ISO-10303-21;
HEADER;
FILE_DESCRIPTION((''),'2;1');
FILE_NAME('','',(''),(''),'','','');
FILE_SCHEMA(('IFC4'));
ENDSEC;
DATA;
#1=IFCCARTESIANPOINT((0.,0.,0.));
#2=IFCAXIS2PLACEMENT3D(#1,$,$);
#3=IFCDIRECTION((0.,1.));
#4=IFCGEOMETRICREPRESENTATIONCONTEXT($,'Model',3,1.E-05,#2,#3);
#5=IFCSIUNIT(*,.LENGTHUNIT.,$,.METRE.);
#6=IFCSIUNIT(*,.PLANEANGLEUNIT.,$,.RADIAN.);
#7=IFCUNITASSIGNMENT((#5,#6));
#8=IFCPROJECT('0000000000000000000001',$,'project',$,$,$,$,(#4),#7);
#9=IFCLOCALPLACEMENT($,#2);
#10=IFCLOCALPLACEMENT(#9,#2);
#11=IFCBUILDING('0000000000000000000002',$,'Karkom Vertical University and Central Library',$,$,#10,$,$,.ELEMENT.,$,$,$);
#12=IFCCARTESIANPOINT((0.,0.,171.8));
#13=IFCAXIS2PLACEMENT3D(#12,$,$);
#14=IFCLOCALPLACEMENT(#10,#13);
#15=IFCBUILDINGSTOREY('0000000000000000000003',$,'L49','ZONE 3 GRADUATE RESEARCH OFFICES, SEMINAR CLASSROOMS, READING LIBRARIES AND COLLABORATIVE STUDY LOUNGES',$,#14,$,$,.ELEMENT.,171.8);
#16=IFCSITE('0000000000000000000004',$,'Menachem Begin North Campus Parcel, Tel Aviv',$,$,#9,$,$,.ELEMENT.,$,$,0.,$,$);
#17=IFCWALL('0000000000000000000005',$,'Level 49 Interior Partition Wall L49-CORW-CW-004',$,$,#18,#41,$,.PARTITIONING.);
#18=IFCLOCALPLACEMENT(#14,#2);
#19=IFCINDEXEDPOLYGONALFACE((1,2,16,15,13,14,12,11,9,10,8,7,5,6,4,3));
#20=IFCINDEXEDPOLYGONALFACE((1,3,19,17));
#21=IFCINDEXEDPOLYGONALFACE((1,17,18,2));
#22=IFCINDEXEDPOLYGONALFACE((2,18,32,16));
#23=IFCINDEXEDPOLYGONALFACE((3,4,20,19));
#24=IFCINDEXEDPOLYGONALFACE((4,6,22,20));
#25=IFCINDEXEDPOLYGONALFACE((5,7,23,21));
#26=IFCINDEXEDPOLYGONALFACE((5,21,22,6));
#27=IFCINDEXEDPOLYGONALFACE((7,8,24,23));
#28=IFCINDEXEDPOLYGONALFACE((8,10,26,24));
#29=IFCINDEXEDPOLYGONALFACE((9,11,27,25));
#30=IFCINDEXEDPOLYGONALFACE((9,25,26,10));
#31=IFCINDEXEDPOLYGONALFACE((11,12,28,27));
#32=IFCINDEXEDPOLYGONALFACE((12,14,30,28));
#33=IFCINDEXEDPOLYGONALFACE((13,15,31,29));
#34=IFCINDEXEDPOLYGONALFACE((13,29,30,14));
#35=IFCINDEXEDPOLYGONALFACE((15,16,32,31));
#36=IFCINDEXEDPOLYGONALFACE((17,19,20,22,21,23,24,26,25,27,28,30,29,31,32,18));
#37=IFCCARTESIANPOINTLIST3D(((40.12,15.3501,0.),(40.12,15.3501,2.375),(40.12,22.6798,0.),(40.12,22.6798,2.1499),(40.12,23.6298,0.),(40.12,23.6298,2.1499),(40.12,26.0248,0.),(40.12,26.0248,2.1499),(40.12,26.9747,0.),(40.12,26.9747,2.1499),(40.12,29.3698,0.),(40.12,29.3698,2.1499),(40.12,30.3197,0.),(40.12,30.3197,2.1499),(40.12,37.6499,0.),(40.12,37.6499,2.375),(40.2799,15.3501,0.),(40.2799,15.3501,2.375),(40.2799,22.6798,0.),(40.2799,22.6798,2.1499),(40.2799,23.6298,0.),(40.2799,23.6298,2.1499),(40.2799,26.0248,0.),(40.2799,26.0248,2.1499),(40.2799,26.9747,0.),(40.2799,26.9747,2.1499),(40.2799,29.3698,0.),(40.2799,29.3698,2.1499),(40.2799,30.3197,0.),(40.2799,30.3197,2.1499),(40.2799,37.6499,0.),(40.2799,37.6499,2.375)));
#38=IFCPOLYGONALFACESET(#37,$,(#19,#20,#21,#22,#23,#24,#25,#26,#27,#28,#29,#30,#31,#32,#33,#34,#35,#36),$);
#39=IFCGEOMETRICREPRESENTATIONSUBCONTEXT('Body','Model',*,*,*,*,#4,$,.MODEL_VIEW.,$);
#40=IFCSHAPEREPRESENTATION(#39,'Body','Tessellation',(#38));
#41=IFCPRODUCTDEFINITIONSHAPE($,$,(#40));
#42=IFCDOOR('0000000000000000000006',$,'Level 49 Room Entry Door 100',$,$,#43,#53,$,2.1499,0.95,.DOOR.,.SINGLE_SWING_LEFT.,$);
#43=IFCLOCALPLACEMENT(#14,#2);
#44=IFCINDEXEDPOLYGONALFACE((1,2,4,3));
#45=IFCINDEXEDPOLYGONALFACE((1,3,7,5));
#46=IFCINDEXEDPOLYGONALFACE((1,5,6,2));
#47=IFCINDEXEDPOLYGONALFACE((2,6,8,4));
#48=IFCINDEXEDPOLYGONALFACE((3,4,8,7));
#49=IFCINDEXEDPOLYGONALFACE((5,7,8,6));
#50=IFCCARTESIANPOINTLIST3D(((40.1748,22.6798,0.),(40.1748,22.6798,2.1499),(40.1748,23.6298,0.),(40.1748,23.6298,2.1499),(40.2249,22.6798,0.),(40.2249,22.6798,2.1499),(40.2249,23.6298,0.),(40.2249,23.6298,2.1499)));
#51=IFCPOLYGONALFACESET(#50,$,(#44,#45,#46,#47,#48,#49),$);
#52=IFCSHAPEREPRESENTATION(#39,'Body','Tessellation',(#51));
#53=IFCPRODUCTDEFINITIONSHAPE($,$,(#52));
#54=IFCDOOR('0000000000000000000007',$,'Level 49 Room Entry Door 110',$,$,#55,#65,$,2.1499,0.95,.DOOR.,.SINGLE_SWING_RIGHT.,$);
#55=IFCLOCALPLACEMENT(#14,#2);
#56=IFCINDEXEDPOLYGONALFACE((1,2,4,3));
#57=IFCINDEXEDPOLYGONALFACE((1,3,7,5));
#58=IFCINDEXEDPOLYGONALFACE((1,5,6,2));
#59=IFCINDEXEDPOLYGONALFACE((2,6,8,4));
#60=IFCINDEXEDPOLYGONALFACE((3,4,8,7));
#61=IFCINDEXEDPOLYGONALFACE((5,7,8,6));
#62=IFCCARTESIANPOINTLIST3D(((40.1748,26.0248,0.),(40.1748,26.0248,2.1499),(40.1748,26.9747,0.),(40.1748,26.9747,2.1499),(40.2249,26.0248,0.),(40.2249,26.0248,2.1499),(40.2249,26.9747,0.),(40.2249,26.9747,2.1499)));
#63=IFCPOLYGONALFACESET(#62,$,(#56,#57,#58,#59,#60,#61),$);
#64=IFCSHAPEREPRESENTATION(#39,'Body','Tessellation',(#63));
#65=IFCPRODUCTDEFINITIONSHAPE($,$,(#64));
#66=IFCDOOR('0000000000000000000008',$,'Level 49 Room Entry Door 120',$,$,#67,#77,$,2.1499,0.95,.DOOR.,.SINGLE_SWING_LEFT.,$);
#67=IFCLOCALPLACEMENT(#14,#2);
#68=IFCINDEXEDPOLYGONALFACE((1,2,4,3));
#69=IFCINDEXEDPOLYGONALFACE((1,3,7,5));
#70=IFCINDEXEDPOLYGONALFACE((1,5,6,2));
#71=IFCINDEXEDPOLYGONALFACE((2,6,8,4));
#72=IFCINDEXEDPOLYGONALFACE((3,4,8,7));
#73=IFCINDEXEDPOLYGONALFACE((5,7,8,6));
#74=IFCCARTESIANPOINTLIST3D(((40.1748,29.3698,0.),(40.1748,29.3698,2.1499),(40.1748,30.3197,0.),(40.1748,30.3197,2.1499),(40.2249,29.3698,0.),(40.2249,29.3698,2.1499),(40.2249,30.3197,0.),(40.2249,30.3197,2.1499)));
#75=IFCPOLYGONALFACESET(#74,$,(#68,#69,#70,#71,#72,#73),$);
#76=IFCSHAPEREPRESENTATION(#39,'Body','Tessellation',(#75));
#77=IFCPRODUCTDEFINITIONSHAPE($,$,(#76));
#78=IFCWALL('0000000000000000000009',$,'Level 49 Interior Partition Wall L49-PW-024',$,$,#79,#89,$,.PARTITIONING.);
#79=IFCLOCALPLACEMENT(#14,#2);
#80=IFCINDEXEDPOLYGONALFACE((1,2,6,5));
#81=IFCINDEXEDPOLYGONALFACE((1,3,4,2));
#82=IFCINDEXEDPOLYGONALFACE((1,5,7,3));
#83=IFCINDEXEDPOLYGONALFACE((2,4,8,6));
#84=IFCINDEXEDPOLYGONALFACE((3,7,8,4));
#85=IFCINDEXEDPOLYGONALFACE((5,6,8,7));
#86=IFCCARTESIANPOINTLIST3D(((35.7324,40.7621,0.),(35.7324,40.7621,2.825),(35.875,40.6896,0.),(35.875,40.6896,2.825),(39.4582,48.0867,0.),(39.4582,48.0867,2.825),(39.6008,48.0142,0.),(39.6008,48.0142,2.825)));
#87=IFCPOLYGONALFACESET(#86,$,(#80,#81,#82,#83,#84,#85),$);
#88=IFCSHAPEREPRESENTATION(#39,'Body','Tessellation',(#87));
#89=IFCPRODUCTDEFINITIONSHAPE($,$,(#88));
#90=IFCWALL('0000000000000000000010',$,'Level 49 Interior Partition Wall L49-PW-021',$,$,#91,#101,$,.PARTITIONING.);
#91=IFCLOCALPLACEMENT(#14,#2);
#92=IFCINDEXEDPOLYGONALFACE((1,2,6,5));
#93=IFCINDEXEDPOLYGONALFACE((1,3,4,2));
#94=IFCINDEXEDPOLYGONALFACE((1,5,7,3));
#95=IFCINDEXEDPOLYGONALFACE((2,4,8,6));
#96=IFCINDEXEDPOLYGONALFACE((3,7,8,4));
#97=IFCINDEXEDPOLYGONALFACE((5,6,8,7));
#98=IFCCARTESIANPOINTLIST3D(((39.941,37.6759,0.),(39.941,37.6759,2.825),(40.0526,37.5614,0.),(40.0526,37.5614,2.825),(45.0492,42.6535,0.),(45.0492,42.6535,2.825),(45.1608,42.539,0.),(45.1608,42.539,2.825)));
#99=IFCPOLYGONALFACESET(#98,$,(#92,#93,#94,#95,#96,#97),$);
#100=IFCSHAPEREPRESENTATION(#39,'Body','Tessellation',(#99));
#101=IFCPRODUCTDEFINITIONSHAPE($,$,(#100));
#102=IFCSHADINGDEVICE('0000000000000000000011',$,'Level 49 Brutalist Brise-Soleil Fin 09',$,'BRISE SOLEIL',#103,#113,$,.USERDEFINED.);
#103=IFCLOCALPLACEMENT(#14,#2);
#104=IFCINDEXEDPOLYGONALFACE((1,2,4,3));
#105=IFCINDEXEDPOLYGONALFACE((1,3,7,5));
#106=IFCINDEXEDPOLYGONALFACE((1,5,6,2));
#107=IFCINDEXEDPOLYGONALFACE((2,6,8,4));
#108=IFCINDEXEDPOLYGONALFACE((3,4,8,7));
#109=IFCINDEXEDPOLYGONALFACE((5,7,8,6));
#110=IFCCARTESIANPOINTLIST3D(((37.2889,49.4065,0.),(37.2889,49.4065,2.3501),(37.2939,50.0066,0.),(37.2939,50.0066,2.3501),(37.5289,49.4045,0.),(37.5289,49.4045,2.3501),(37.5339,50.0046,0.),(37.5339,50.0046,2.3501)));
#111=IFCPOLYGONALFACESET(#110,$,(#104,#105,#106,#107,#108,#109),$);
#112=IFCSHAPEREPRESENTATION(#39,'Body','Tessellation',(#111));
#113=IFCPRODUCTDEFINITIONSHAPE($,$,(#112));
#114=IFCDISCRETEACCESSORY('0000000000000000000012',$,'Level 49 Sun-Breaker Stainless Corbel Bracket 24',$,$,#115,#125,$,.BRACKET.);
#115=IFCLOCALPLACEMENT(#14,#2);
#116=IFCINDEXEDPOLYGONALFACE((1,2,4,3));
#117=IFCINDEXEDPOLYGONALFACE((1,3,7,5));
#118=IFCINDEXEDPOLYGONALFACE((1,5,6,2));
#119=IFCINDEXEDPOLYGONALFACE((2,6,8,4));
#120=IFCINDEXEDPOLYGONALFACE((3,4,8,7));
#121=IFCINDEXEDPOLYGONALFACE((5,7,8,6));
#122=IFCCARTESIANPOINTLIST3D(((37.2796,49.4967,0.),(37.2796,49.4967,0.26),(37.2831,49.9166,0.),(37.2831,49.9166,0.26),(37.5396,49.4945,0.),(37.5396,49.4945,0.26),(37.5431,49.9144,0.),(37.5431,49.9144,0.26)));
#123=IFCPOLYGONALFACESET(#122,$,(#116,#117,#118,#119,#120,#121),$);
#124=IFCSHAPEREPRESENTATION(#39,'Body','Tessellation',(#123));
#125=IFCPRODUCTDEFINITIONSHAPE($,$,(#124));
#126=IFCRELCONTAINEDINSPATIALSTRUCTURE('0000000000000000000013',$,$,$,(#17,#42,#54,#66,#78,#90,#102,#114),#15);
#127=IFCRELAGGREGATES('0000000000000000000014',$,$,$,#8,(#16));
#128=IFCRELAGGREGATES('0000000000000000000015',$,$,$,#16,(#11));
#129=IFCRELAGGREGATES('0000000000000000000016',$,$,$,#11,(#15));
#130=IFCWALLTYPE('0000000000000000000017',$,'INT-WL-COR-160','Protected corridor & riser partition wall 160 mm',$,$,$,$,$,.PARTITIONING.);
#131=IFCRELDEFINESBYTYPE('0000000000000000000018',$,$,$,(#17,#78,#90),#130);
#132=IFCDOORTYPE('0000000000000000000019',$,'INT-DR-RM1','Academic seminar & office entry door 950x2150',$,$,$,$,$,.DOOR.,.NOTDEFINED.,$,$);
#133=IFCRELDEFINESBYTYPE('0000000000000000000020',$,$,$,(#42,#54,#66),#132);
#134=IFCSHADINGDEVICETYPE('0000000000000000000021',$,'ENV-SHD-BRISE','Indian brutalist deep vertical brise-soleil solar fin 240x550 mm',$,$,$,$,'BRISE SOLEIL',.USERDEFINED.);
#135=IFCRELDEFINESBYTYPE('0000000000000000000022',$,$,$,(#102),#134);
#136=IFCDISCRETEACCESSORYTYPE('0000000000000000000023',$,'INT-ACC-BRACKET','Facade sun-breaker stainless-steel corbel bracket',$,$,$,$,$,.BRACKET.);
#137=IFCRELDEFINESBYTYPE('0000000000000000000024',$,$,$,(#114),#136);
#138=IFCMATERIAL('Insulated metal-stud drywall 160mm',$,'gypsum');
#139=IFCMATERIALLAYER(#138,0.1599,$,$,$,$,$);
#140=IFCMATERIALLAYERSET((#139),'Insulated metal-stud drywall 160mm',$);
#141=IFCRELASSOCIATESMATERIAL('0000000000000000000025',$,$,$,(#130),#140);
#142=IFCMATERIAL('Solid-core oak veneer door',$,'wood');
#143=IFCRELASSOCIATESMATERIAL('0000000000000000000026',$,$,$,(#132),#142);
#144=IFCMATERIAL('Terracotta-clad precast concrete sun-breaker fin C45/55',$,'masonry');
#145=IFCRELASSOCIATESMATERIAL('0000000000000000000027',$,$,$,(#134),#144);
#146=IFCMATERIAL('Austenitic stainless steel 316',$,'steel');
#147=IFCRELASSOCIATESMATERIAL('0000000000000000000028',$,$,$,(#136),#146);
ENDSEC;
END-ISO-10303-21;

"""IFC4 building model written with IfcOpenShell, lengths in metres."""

from ifc_helpers import new_model, si_unit, direction, frame, frame_2d, origin, origin_with_axes, origin_2d, place, context, subcontext, project, spatial, rectangle, extrude, source, transform, mapped, material, layer, layer_set, type_object, element, fill, save


model = new_model("IFC4")

# Units and contexts
model_context = context("Model", 3, precision=1e-05, world=origin(), true_north=direction((0.0, 1.0)))
body_context = subcontext(model_context, "Body", "Model", "MODEL_VIEW")
ifc_project = project(units=[si_unit("LENGTHUNIT", "METRE"), si_unit("PLANEANGLEUNIT", "RADIAN")], contexts=[model_context])

# Site, building, storey
site_placement = place(None, origin())
site = spatial("IfcSite", under=ifc_project, at=site_placement, Name="Menachem Begin North Campus Parcel, Tel Aviv", CompositionType="ELEMENT", RefElevation=0.0)
building_placement = place(site_placement, origin())
building = spatial("IfcBuilding", under=site, at=building_placement, Name="Karkom Vertical University and Central Library", CompositionType="ELEMENT")
storey_placement = place(building_placement, frame((0.0, 0.0, 171.8)))
storey = spatial("IfcBuildingStorey", under=building, at=storey_placement, Name="L49", Description="ZONE 3 GRADUATE RESEARCH OFFICES, SEMINAR CLASSROOMS, READING LIBRARIES AND COLLABORATIVE STUDY LOUNGES", CompositionType="ELEMENT", Elevation=171.8)

# Wall, openings, doors
ifc_material_1 = material(Name="Insulated metal-stud drywall 160mm", Category="gypsum")
ifc_layer_1 = layer(ifc_material_1, 0.1599)
ifc_layer_set_1 = layer_set([ifc_layer_1], Name="Insulated metal-stud drywall 160mm")
wall_type_1 = type_object("IfcWallType", Name="INT-WL-COR-160", Description="Protected corridor & riser partition wall 160 mm", PredefinedType="PARTITIONING", material=ifc_layer_set_1)
wall_1_placement = place(storey_placement, frame((40.2, 37.6499, 0.0), z_axis=(0.0, 0.0, 1.0), x_axis=(0.0, -1.0, 0.0)))
wall_1 = element("IfcWall", 1, at=wall_1_placement, inside=storey, type_object=wall_type_1, Name="Level 49 Interior Partition Wall L49-CORW-CW-004", PredefinedType="PARTITIONING", context=body_context, shape_type="SweptSolid", body=[
    extrude(rectangle(XDim=22.2998, YDim=0.1599, at=frame_2d((11.1499, 0.0))), origin(), (0.0, 0.0, 1.0), 2.375),
])
opening_1_placement = place(wall_1_placement, frame((14.02, 0.0, 0.0)))
opening_1 = element("IfcOpeningElement", 2, at=opening_1_placement, cuts=wall_1, PredefinedType="OPENING", context=body_context, shape_type="SweptSolid", body=[
    extrude(rectangle(XDim=0.95, YDim=2.1499, at=frame_2d((0.4751, 1.075))), frame((0.0, 0.0898, 0.0), z_axis=(0.0, -1.0, 0.0), x_axis=(1.0, 0.0, 0.0)), (0.0, 0.0, 1.0), 0.1799),
])
opening_2_placement = place(wall_1_placement, frame((10.675, 0.0, 0.0)))
opening_2 = element("IfcOpeningElement", 3, at=opening_2_placement, cuts=wall_1, PredefinedType="OPENING", context=body_context, shape_type="SweptSolid", body=[
    extrude(rectangle(XDim=0.95, YDim=2.1499, at=frame_2d((0.4751, 1.075))), frame((0.0, 0.0898, 0.0), z_axis=(0.0, -1.0, 0.0), x_axis=(1.0, 0.0, 0.0)), (0.0, 0.0, 1.0), 0.1799),
])
opening_3_placement = place(wall_1_placement, frame((7.3301, 0.0, 0.0)))
opening_3 = element("IfcOpeningElement", 4, at=opening_3_placement, cuts=wall_1, PredefinedType="OPENING", context=body_context, shape_type="SweptSolid", body=[
    extrude(rectangle(XDim=0.95, YDim=2.1499, at=frame_2d((0.4751, 1.075))), frame((0.0, 0.0898, 0.0), z_axis=(0.0, -1.0, 0.0), x_axis=(1.0, 0.0, 0.0)), (0.0, 0.0, 1.0), 0.1799),
])
ifc_material_2 = material(Name="Solid-core oak veneer door", Category="wood")
door_type = type_object("IfcDoorType", Name="INT-DR-RM1", Description="Academic seminar & office entry door 950x2150", OperationType="NOTDEFINED", PredefinedType="DOOR", material=ifc_material_2)
shared_shape_1 = source(origin_with_axes(), body_context, "Body", "SweptSolid", [
    extrude(rectangle(XDim=0.95, YDim=2.1499, at=frame_2d((0.4751, 1.075))), frame((0.0, 0.0249, 0.0), z_axis=(0.0, -1.0, 0.0), x_axis=(1.0, 0.0, 0.0)), (0.0, 0.0, 1.0), 0.05),
])
door_1_placement = place(opening_1_placement, origin())
door_1 = element("IfcDoor", 5, at=door_1_placement, inside=storey, type_object=door_type, Name="Level 49 Room Entry Door 100", OperationType="SINGLE_SWING_LEFT", OverallHeight=2.1499, OverallWidth=0.95, PredefinedType="DOOR", context=body_context, shape_type="MappedRepresentation", body=[
    mapped(shared_shape_1, transform((0.0, 0.0, 0.0), scale=1.0)),
])
fill(opening_1, door_1)
door_2_placement = place(opening_2_placement, origin())
door_2 = element("IfcDoor", 6, at=door_2_placement, inside=storey, type_object=door_type, Name="Level 49 Room Entry Door 110", OperationType="SINGLE_SWING_RIGHT", OverallHeight=2.1499, OverallWidth=0.95, PredefinedType="DOOR", context=body_context, shape_type="MappedRepresentation", body=[
    mapped(shared_shape_1, transform((0.0, 0.0, 0.0), scale=1.0)),
])
fill(opening_2, door_2)
door_3_placement = place(opening_3_placement, origin())
door_3 = element("IfcDoor", 7, at=door_3_placement, inside=storey, type_object=door_type, Name="Level 49 Room Entry Door 120", OperationType="SINGLE_SWING_LEFT", OverallHeight=2.1499, OverallWidth=0.95, PredefinedType="DOOR", context=body_context, shape_type="MappedRepresentation", body=[
    mapped(shared_shape_1, transform((0.0, 0.0, 0.0), scale=1.0)),
])
fill(opening_3, door_3)

# Walls
wall_2_placement = place(storey_placement, frame((35.8037, 40.7258, 0.0), z_axis=(0.0, 0.0, 1.0), x_axis=(0.453382, 0.891316, 0.0)))
element("IfcWall", 8, at=wall_2_placement, inside=storey, type_object=wall_type_1, Name="Level 49 Interior Partition Wall L49-PW-024", PredefinedType="PARTITIONING", context=body_context, shape_type="SweptSolid", body=[
    extrude(rectangle(XDim=8.2178, YDim=0.1599, at=frame_2d((4.1089, 0.0))), origin(), (0.0, 0.0, 1.0), 2.825),
])
wall_3_placement = place(storey_placement, frame((39.9968, 37.6187, 0.0), z_axis=(0.0, 0.0, 1.0), x_axis=(0.716204, 0.697891, 0.0)))
element("IfcWall", 9, at=wall_3_placement, inside=storey, type_object=wall_type_1, Name="Level 49 Interior Partition Wall L49-PW-021", PredefinedType="PARTITIONING", context=body_context, shape_type="SweptSolid", body=[
    extrude(rectangle(XDim=7.1323, YDim=0.1599, at=frame_2d((3.5662, 0.0))), origin(), (0.0, 0.0, 1.0), 2.825),
])

# Shading device
ifc_material_3 = material(Name="Terracotta-clad precast concrete sun-breaker fin C45/55", Category="masonry")
shading_device_type = type_object("IfcShadingDeviceType", Name="ENV-SHD-BRISE", Description="Indian brutalist deep vertical brise-soleil solar fin 240x550 mm", ElementType="BRISE SOLEIL", PredefinedType="USERDEFINED", material=ifc_material_3)
shared_shape_2 = source(origin_with_axes(), body_context, "Body", "SweptSolid", [
    extrude(rectangle(XDim=0.24, YDim=0.6001, at=origin_2d()), origin(), (0.0, 0.0, 1.0), 2.3501),
])
shading_device_placement = place(storey_placement, frame((37.4114, 49.7056, 0.0), z_axis=(0.0, 0.0, 1.0), x_axis=(-0.999965, 0.008377, 0.0)))
element("IfcShadingDevice", 10, at=shading_device_placement, inside=storey, type_object=shading_device_type, Name="Level 49 Brutalist Brise-Soleil Fin 09", ObjectType="BRISE SOLEIL", PredefinedType="USERDEFINED", context=body_context, shape_type="MappedRepresentation", body=[
    mapped(shared_shape_2, transform((0.0, 0.0, 0.0), scale=1.0)),
])

# Discrete accessory
ifc_material_4 = material(Name="Austenitic stainless steel 316", Category="steel")
discrete_accessory_type = type_object("IfcDiscreteAccessoryType", Name="INT-ACC-BRACKET", Description="Facade sun-breaker stainless-steel corbel bracket", PredefinedType="BRACKET", material=ifc_material_4)
shared_shape_3 = source(origin_with_axes(), body_context, "Body", "SweptSolid", [
    extrude(rectangle(XDim=0.26, YDim=0.4199, at=origin_2d()), origin(), (0.0, 0.0, 1.0), 0.26),
])
discrete_accessory_placement = place(storey_placement, frame((37.4114, 49.7056, 0.0), z_axis=(0.0, 0.0, 1.0), x_axis=(-0.999965, 0.008377, 0.0)))
element("IfcDiscreteAccessory", 11, at=discrete_accessory_placement, inside=storey, type_object=discrete_accessory_type, Name="Level 49 Sun-Breaker Stainless Corbel Bracket 24", PredefinedType="BRACKET", context=body_context, shape_type="MappedRepresentation", body=[
    mapped(shared_shape_3, transform((0.0, 0.0, 0.0), scale=1.0)),
])

save(model, "model.ifc")
